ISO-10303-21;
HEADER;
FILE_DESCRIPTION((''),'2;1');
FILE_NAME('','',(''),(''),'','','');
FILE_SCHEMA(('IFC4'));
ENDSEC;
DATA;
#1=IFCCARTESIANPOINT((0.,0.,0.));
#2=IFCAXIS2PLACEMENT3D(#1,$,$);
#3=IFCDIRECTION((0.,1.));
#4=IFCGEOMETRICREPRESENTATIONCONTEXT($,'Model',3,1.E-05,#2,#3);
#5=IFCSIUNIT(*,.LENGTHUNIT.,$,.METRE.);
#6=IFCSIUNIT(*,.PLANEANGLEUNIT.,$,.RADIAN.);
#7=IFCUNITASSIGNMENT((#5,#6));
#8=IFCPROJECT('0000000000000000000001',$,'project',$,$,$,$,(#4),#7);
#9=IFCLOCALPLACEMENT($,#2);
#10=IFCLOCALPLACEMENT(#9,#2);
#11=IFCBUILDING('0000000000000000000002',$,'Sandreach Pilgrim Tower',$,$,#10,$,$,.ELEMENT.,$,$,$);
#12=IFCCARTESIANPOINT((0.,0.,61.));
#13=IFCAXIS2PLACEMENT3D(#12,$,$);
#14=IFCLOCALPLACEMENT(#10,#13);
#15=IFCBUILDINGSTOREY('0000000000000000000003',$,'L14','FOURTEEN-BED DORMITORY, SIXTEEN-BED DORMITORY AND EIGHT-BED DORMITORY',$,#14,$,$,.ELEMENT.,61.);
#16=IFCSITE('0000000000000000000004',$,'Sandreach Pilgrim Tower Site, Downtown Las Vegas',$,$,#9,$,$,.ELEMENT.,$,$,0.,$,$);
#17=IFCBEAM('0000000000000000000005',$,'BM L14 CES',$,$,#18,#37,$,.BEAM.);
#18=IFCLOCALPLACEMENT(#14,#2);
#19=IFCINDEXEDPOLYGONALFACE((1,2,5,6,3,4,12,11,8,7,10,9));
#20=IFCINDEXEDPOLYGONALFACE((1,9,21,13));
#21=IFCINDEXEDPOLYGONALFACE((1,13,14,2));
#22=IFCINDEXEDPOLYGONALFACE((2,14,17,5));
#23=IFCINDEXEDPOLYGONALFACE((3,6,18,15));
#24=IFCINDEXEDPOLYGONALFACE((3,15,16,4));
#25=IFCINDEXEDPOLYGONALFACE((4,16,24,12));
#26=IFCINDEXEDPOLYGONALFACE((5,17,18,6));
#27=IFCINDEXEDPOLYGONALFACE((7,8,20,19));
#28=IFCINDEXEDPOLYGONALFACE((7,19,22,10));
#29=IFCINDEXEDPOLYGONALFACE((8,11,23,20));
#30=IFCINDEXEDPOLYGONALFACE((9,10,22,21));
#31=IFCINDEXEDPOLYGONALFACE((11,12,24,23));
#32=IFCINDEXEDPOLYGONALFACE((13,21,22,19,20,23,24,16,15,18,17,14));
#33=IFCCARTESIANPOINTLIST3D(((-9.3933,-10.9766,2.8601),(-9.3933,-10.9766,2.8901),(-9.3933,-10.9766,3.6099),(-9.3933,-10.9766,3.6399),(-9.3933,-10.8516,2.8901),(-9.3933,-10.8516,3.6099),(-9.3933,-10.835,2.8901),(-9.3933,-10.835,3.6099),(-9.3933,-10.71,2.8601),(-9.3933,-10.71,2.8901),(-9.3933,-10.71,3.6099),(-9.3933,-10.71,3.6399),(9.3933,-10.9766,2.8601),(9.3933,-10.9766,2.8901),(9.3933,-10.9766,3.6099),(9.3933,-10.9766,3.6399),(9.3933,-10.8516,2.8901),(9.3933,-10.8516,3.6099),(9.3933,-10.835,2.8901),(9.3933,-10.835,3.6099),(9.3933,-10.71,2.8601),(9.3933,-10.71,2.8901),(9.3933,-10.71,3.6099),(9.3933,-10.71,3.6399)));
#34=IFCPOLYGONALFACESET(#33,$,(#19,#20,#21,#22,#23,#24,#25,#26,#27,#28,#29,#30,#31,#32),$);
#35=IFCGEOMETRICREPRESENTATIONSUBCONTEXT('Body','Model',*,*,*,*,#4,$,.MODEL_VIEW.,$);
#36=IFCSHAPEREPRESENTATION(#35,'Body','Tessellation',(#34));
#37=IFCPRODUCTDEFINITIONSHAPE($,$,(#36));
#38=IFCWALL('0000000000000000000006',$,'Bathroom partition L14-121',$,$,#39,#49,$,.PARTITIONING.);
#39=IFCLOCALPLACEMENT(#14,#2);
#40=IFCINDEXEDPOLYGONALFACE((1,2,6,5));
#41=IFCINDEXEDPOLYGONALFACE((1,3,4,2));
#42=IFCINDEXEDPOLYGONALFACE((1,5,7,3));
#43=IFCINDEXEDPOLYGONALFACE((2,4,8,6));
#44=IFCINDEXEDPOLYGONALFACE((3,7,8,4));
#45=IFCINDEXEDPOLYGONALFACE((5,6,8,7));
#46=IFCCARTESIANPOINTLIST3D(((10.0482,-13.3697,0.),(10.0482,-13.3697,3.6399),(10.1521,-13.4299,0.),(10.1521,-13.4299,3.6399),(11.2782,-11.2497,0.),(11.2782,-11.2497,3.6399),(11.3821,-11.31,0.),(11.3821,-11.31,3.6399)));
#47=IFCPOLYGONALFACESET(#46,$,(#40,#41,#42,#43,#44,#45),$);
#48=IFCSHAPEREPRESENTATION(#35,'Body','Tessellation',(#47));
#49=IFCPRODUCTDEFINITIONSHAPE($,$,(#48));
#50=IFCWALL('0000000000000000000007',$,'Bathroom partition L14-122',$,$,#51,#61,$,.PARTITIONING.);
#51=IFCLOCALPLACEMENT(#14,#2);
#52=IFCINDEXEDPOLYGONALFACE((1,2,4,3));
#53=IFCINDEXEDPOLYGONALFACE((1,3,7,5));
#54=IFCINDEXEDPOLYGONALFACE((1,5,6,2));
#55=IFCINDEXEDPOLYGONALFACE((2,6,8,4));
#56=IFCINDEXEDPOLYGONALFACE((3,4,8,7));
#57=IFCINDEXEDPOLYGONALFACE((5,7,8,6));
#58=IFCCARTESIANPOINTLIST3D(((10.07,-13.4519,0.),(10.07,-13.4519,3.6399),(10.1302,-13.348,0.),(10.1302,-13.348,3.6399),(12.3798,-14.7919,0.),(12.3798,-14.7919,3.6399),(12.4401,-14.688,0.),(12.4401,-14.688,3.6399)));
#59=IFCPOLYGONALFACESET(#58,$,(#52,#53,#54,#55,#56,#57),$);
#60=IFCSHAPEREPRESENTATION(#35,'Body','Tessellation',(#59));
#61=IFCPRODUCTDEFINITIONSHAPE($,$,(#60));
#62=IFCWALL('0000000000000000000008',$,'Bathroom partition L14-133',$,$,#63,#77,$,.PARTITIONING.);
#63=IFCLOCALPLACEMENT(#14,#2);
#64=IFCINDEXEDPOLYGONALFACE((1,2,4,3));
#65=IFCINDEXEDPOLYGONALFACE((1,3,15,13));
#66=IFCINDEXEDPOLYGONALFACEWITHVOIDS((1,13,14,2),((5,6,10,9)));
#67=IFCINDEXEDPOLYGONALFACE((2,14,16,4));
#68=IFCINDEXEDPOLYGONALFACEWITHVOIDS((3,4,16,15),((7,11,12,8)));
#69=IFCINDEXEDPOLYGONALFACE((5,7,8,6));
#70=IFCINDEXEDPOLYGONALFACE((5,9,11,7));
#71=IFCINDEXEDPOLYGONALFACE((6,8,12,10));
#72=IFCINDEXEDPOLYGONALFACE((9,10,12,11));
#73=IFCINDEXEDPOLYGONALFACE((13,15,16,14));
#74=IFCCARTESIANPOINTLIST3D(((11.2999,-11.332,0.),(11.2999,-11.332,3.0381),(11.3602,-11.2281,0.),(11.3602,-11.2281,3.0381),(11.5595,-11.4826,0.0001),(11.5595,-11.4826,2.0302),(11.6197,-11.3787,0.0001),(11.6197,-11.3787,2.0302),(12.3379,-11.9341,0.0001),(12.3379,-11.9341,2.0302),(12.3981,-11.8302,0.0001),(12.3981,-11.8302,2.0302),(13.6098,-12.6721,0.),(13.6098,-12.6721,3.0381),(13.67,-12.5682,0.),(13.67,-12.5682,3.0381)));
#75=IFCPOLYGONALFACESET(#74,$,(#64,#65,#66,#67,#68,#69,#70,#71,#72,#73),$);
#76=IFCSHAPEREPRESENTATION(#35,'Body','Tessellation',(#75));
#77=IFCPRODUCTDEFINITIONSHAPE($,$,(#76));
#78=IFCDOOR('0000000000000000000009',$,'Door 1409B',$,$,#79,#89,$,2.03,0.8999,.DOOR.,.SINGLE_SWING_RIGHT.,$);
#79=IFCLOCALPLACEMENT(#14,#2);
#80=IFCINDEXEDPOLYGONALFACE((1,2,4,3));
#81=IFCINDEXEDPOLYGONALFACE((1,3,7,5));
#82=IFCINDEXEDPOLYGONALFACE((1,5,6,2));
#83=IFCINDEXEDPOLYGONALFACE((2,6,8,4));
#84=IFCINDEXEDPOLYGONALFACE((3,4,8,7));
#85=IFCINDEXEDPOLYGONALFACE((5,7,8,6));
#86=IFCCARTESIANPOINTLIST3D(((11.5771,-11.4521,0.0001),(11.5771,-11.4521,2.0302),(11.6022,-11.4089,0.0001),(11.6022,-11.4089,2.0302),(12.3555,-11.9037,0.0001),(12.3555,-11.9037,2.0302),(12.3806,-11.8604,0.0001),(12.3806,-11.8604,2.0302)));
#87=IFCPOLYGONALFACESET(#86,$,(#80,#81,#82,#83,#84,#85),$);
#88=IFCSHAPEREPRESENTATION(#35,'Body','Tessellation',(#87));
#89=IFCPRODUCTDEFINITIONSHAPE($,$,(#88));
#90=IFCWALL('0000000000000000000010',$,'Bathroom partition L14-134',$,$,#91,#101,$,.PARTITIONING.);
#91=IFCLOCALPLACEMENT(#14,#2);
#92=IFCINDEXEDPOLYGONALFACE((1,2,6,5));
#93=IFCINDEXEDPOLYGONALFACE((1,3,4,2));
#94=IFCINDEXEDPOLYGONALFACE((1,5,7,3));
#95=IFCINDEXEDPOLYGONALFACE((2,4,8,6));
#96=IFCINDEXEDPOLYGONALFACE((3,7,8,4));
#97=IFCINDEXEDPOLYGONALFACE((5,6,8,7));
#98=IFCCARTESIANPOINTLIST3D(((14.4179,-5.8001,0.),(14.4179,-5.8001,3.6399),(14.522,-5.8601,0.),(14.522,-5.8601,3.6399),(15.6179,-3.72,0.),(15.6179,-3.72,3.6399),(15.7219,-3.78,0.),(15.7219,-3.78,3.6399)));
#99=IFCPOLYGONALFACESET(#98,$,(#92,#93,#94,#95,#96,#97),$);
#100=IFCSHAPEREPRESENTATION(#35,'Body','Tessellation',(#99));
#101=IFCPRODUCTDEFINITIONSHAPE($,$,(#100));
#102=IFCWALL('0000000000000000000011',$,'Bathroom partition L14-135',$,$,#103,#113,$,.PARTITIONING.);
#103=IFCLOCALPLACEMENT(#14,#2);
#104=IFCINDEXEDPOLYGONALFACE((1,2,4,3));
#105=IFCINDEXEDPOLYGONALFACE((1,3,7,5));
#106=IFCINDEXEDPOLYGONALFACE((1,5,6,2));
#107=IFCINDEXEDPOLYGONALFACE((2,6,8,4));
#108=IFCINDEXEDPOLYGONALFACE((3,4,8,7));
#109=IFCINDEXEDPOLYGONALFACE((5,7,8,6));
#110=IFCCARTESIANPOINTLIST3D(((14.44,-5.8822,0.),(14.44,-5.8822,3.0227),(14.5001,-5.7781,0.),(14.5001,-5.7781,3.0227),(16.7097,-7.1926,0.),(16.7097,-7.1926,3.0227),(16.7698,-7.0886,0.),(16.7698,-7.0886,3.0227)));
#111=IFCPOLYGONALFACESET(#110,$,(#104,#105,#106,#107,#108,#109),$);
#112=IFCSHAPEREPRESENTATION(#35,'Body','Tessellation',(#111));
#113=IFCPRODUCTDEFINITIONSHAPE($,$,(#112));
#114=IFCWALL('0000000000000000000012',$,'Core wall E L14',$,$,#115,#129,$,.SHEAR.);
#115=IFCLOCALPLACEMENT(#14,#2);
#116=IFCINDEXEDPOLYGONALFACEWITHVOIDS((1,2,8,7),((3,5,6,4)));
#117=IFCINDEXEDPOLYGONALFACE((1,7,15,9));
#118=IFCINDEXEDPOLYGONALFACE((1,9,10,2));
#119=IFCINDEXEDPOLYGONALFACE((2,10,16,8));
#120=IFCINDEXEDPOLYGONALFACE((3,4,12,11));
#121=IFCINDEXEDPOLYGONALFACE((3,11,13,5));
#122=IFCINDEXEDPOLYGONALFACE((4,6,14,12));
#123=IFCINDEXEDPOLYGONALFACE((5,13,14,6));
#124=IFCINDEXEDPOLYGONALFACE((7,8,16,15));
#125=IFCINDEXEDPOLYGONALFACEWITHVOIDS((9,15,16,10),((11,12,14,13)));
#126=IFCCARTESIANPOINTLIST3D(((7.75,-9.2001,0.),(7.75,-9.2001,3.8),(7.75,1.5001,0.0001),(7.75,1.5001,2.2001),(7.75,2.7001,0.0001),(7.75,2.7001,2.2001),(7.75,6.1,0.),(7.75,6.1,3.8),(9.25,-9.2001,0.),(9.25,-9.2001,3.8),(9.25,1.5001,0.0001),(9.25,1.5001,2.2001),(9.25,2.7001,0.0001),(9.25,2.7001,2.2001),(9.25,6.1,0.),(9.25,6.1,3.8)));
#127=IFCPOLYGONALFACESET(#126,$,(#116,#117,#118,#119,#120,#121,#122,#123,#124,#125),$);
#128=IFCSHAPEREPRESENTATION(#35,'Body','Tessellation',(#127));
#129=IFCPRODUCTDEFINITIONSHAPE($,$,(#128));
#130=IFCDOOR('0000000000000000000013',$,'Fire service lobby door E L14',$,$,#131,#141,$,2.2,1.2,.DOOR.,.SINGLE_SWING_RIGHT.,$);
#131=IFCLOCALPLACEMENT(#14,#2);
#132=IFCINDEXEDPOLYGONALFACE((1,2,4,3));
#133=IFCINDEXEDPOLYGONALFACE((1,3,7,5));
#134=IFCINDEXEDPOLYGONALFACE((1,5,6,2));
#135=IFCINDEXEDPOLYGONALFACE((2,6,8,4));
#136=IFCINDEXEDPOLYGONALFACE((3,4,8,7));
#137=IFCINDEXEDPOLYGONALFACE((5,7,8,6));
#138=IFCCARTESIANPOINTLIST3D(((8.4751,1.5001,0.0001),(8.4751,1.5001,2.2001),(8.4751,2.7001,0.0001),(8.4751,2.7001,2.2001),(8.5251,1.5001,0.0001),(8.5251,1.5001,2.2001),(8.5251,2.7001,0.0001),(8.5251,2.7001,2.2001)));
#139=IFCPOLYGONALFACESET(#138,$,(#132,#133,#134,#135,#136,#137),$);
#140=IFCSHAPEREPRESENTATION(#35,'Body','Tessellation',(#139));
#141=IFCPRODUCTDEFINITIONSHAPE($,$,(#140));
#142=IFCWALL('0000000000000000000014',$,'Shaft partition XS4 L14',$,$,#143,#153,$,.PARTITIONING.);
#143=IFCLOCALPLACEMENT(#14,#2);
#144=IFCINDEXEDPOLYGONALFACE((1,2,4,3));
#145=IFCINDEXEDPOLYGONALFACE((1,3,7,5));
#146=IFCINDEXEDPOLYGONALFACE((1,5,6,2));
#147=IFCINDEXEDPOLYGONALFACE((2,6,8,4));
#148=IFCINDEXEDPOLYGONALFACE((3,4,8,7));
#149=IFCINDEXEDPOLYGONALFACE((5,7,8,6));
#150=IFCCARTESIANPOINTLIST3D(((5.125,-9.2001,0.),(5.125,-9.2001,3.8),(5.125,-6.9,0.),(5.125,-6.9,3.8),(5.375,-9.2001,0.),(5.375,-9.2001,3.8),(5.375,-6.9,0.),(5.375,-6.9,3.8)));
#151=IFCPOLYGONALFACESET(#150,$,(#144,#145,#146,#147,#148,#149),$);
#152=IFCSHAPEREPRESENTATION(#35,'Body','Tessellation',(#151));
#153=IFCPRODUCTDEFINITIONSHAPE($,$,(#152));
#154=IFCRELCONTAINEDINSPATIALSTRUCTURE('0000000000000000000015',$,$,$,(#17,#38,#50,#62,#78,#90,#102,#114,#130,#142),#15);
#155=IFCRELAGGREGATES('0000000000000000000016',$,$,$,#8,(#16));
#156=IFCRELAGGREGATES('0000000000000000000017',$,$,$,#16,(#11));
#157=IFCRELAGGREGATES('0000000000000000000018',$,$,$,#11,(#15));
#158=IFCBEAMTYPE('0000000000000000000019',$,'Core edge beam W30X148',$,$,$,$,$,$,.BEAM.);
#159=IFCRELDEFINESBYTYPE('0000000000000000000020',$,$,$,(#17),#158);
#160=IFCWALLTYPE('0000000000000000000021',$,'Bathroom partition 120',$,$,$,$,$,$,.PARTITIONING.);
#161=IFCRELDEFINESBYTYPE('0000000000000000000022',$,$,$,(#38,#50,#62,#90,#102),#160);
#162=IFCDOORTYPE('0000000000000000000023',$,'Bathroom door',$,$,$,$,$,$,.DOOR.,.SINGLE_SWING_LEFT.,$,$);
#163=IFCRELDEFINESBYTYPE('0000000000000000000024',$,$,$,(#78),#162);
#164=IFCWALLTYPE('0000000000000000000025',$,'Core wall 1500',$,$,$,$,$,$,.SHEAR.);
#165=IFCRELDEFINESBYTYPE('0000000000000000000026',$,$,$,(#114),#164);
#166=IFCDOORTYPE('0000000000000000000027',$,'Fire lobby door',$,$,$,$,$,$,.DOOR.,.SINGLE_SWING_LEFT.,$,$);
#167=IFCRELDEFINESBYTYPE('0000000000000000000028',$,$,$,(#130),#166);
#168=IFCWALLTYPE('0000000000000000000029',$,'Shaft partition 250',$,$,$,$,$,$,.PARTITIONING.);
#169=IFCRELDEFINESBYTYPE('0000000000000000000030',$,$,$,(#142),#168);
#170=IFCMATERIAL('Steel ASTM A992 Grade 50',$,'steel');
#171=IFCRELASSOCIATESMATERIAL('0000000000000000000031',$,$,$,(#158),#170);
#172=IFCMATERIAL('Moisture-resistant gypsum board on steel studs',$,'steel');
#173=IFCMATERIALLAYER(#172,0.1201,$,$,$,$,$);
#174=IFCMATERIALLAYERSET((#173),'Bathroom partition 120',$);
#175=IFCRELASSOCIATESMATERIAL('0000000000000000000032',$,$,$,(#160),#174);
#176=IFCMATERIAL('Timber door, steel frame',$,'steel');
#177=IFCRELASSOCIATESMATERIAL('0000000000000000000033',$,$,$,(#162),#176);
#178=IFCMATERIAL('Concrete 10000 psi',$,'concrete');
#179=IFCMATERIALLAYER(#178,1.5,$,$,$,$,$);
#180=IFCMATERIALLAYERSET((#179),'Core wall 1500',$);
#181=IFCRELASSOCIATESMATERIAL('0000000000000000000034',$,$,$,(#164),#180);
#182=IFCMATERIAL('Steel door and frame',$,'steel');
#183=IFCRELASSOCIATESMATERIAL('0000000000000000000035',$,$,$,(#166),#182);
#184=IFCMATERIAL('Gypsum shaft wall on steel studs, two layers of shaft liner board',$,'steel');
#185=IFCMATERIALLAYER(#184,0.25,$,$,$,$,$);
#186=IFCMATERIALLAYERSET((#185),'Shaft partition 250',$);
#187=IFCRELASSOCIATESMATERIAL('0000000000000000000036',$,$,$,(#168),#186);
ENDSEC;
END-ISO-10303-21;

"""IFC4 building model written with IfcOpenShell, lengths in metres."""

from ifc_helpers import new_model, si_unit, direction, frame, frame_2d, origin, origin_2d, place, context, subcontext, project, spatial, rectangle, i_section, extrude, material, layer, layer_set, material_profile, profile_set, type_object, element, fill, save


model = new_model("IFC4")

# Units and contexts
model_context = context("Model", 3, precision=1e-05, world=origin(), true_north=direction((0.0, 1.0)))
body_context = subcontext(model_context, "Body", "Model", "MODEL_VIEW")
ifc_project = project(units=[si_unit("LENGTHUNIT", "METRE"), si_unit("PLANEANGLEUNIT", "RADIAN")], contexts=[model_context])

# Site, building, storey
site_placement = place(None, origin())
site = spatial("IfcSite", under=ifc_project, at=site_placement, Name="Sandreach Pilgrim Tower Site, Downtown Las Vegas", CompositionType="ELEMENT", RefElevation=0.0)
building_placement = place(site_placement, origin())
building = spatial("IfcBuilding", under=site, at=building_placement, Name="Sandreach Pilgrim Tower", CompositionType="ELEMENT")
storey_placement = place(building_placement, frame((0.0, 0.0, 61.0)))
storey = spatial("IfcBuildingStorey", under=building, at=storey_placement, Name="L14", Description="FOURTEEN-BED DORMITORY, SIXTEEN-BED DORMITORY AND EIGHT-BED DORMITORY", CompositionType="ELEMENT", Elevation=61.0)

# Beam
ifc_material_1 = material(Name="Steel ASTM A992 Grade 50", Category="steel")
ifc_material_profile = material_profile(ifc_material_1, i_section(OverallWidth=0.2666, OverallDepth=0.7798, WebThickness=0.0166, FlangeThickness=0.03, at=origin_2d()), Name="W30X148")
ifc_profile_set = profile_set([ifc_material_profile], Name="Steel ASTM A992 Grade 50")
beam_type = type_object("IfcBeamType", Name="Core edge beam W30X148", PredefinedType="BEAM", material=ifc_profile_set)
beam_placement = place(storey_placement, frame((9.3933, -10.8433, 3.25), z_axis=(-1.0, 0.0, 0.0), x_axis=(0.0, -1.0, 0.0)))
element("IfcBeam", 1, at=beam_placement, inside=storey, type_object=beam_type, Name="BM L14 CES", PredefinedType="BEAM", context=body_context, shape_type="SweptSolid", body=[
    extrude(i_section(OverallWidth=0.2666, OverallDepth=0.7798, WebThickness=0.0166, FlangeThickness=0.03, at=origin_2d()), origin(), (0.0, 0.0, 1.0), 18.7866),
])

# Walls
ifc_material_2 = material(Name="Moisture-resistant gypsum board on steel studs", Category="steel")
ifc_layer_1 = layer(ifc_material_2, 0.1201)
ifc_layer_set_1 = layer_set([ifc_layer_1], Name="Bathroom partition 120")
wall_type_1 = type_object("IfcWallType", Name="Bathroom partition 120", PredefinedType="PARTITIONING", material=ifc_layer_set_1)
wall_1_placement = place(storey_placement, frame((10.1001, -13.3999, 0.0), z_axis=(0.0, 0.0, 1.0), x_axis=(0.501857, 0.864951, 0.0)))
element("IfcWall", 2, at=wall_1_placement, inside=storey, type_object=wall_type_1, Name="Bathroom partition L14-121", PredefinedType="PARTITIONING", context=body_context, shape_type="SweptSolid", body=[
    extrude(rectangle(XDim=2.4509, YDim=0.1201, at=frame_2d((1.2256, 0.0))), origin(), (0.0, 0.0, 1.0), 3.6399),
])
wall_2_placement = place(storey_placement, frame((10.1001, -13.3999, 0.0), z_axis=(0.0, 0.0, 1.0), x_axis=(0.864967, -0.501829, 0.0)))
element("IfcWall", 3, at=wall_2_placement, inside=storey, type_object=wall_type_1, Name="Bathroom partition L14-122", PredefinedType="PARTITIONING", context=body_context, shape_type="SweptSolid", body=[
    extrude(rectangle(XDim=2.6704, YDim=0.1201, at=frame_2d((1.3352, 0.0))), origin(), (0.0, 0.0, 1.0), 3.6399),
])

# Wall, opening, door
wall_3_placement = place(storey_placement, frame((13.6399, -12.6201, 0.0), z_axis=(0.0, 0.0, 1.0), x_axis=(-0.864967, 0.501829, 0.0)))
wall_3 = element("IfcWall", 4, at=wall_3_placement, inside=storey, type_object=wall_type_1, Name="Bathroom partition L14-133", PredefinedType="PARTITIONING", context=body_context, shape_type="SweptSolid", body=[
    extrude(rectangle(XDim=2.6704, YDim=0.1201, at=frame_2d((1.3352, 0.0))), origin(), (0.0, 0.0, 1.0), 3.0381),
])
opening_1_placement = place(wall_3_placement, frame((1.4705, 0.0, 0.0)))
opening_1 = element("IfcOpeningElement", 5, at=opening_1_placement, cuts=wall_3, PredefinedType="OPENING", context=body_context, shape_type="SweptSolid", body=[
    extrude(rectangle(XDim=0.8999, YDim=2.03, at=frame_2d((0.45, 1.0151))), frame((0.0, 0.0601, 0.0), z_axis=(0.0, -1.0, 0.0), x_axis=(1.0, 0.0, 0.0)), (0.0, 0.0, 1.0), 0.1201),
])
ifc_material_3 = material(Name="Timber door, steel frame", Category="steel")
door_type_1 = type_object("IfcDoorType", Name="Bathroom door", OperationType="SINGLE_SWING_LEFT", PredefinedType="DOOR", material=ifc_material_3)
door_1_placement = place(opening_1_placement, origin())
door_1 = element("IfcDoor", 6, at=door_1_placement, inside=storey, type_object=door_type_1, Name="Door 1409B", OperationType="SINGLE_SWING_RIGHT", OverallHeight=2.03, OverallWidth=0.8999, PredefinedType="DOOR", context=body_context, shape_type="SweptSolid", body=[
    extrude(rectangle(XDim=0.8999, YDim=2.03, at=frame_2d((0.45, 1.0151))), frame((0.0, 0.0249, 0.0), z_axis=(0.0, -1.0, 0.0), x_axis=(1.0, 0.0, 0.0)), (0.0, 0.0, 1.0), 0.05),
])
fill(opening_1, door_1)

# Walls
wall_4_placement = place(storey_placement, frame((14.47, -5.8301, 0.0), z_axis=(0.0, 0.0, 1.0), x_axis=(0.499693, 0.866203, 0.0)))
element("IfcWall", 7, at=wall_4_placement, inside=storey, type_object=wall_type_1, Name="Bathroom partition L14-134", PredefinedType="PARTITIONING", context=body_context, shape_type="SweptSolid", body=[
    extrude(rectangle(XDim=2.4014, YDim=0.1201, at=frame_2d((1.2007, 0.0))), origin(), (0.0, 0.0, 1.0), 3.6399),
])
wall_5_placement = place(storey_placement, frame((14.47, -5.8301, 0.0), z_axis=(0.0, 0.0, 1.0), x_axis=(0.86601, -0.500026, 0.0)))
element("IfcWall", 8, at=wall_5_placement, inside=storey, type_object=wall_type_1, Name="Bathroom partition L14-135", PredefinedType="PARTITIONING", context=body_context, shape_type="SweptSolid", body=[
    extrude(rectangle(XDim=2.6208, YDim=0.1201, at=frame_2d((1.3105, 0.0))), origin(), (0.0, 0.0, 1.0), 3.0227),
])

# Wall, opening, door
ifc_material_4 = material(Name="Concrete 10000 psi", Category="concrete")
ifc_layer_2 = layer(ifc_material_4, 1.5)
ifc_layer_set_2 = layer_set([ifc_layer_2], Name="Core wall 1500")
wall_type_2 = type_object("IfcWallType", Name="Core wall 1500", PredefinedType="SHEAR", material=ifc_layer_set_2)
wall_6_placement = place(storey_placement, frame((8.5, -9.2, 0.0), z_axis=(0.0, 0.0, 1.0), x_axis=(0.0, 1.0, 0.0)))
wall_6 = element("IfcWall", 9, at=wall_6_placement, inside=storey, type_object=wall_type_2, Name="Core wall E L14", PredefinedType="SHEAR", context=body_context, shape_type="SweptSolid", body=[
    extrude(rectangle(XDim=15.3, YDim=1.5, at=frame_2d((7.6499, 0.0))), origin(), (0.0, 0.0, 1.0), 3.8),
])
opening_2_placement = place(wall_6_placement, frame((10.7, 0.0, 0.0)))
opening_2 = element("IfcOpeningElement", 10, at=opening_2_placement, cuts=wall_6, PredefinedType="OPENING", context=body_context, shape_type="SweptSolid", body=[
    extrude(rectangle(XDim=1.2, YDim=2.2, at=frame_2d((0.6001, 1.1001))), frame((0.0, 0.75, 0.0), z_axis=(0.0, -1.0, 0.0), x_axis=(1.0, 0.0, 0.0)), (0.0, 0.0, 1.0), 1.5),
])
ifc_material_5 = material(Name="Steel door and frame", Category="steel")
door_type_2 = type_object("IfcDoorType", Name="Fire lobby door", OperationType="SINGLE_SWING_LEFT", PredefinedType="DOOR", material=ifc_material_5)
door_2_placement = place(opening_2_placement, origin())
door_2 = element("IfcDoor", 11, at=door_2_placement, inside=storey, type_object=door_type_2, Name="Fire service lobby door E L14", OperationType="SINGLE_SWING_RIGHT", OverallHeight=2.2, OverallWidth=1.2, PredefinedType="DOOR", context=body_context, shape_type="SweptSolid", body=[
    extrude(rectangle(XDim=1.2, YDim=2.2, at=frame_2d((0.6001, 1.1001))), frame((0.0, 0.0249, 0.0), z_axis=(0.0, -1.0, 0.0), x_axis=(1.0, 0.0, 0.0)), (0.0, 0.0, 1.0), 0.05),
])
fill(opening_2, door_2)

# Wall
ifc_material_6 = material(Name="Gypsum shaft wall on steel studs, two layers of shaft liner board", Category="steel")
ifc_layer_3 = layer(ifc_material_6, 0.25)
ifc_layer_set_3 = layer_set([ifc_layer_3], Name="Shaft partition 250")
wall_type_3 = type_object("IfcWallType", Name="Shaft partition 250", PredefinedType="PARTITIONING", material=ifc_layer_set_3)
wall_7_placement = place(storey_placement, frame((5.25, -9.2, 0.0), z_axis=(0.0, 0.0, 1.0), x_axis=(0.0, 1.0, 0.0)))
element("IfcWall", 12, at=wall_7_placement, inside=storey, type_object=wall_type_3, Name="Shaft partition XS4 L14", PredefinedType="PARTITIONING", context=body_context, shape_type="SweptSolid", body=[
    extrude(rectangle(XDim=2.3, YDim=0.25, at=frame_2d((1.1499, 0.0))), origin(), (0.0, 0.0, 1.0), 3.8),
])

save(model, "model.ifc")
